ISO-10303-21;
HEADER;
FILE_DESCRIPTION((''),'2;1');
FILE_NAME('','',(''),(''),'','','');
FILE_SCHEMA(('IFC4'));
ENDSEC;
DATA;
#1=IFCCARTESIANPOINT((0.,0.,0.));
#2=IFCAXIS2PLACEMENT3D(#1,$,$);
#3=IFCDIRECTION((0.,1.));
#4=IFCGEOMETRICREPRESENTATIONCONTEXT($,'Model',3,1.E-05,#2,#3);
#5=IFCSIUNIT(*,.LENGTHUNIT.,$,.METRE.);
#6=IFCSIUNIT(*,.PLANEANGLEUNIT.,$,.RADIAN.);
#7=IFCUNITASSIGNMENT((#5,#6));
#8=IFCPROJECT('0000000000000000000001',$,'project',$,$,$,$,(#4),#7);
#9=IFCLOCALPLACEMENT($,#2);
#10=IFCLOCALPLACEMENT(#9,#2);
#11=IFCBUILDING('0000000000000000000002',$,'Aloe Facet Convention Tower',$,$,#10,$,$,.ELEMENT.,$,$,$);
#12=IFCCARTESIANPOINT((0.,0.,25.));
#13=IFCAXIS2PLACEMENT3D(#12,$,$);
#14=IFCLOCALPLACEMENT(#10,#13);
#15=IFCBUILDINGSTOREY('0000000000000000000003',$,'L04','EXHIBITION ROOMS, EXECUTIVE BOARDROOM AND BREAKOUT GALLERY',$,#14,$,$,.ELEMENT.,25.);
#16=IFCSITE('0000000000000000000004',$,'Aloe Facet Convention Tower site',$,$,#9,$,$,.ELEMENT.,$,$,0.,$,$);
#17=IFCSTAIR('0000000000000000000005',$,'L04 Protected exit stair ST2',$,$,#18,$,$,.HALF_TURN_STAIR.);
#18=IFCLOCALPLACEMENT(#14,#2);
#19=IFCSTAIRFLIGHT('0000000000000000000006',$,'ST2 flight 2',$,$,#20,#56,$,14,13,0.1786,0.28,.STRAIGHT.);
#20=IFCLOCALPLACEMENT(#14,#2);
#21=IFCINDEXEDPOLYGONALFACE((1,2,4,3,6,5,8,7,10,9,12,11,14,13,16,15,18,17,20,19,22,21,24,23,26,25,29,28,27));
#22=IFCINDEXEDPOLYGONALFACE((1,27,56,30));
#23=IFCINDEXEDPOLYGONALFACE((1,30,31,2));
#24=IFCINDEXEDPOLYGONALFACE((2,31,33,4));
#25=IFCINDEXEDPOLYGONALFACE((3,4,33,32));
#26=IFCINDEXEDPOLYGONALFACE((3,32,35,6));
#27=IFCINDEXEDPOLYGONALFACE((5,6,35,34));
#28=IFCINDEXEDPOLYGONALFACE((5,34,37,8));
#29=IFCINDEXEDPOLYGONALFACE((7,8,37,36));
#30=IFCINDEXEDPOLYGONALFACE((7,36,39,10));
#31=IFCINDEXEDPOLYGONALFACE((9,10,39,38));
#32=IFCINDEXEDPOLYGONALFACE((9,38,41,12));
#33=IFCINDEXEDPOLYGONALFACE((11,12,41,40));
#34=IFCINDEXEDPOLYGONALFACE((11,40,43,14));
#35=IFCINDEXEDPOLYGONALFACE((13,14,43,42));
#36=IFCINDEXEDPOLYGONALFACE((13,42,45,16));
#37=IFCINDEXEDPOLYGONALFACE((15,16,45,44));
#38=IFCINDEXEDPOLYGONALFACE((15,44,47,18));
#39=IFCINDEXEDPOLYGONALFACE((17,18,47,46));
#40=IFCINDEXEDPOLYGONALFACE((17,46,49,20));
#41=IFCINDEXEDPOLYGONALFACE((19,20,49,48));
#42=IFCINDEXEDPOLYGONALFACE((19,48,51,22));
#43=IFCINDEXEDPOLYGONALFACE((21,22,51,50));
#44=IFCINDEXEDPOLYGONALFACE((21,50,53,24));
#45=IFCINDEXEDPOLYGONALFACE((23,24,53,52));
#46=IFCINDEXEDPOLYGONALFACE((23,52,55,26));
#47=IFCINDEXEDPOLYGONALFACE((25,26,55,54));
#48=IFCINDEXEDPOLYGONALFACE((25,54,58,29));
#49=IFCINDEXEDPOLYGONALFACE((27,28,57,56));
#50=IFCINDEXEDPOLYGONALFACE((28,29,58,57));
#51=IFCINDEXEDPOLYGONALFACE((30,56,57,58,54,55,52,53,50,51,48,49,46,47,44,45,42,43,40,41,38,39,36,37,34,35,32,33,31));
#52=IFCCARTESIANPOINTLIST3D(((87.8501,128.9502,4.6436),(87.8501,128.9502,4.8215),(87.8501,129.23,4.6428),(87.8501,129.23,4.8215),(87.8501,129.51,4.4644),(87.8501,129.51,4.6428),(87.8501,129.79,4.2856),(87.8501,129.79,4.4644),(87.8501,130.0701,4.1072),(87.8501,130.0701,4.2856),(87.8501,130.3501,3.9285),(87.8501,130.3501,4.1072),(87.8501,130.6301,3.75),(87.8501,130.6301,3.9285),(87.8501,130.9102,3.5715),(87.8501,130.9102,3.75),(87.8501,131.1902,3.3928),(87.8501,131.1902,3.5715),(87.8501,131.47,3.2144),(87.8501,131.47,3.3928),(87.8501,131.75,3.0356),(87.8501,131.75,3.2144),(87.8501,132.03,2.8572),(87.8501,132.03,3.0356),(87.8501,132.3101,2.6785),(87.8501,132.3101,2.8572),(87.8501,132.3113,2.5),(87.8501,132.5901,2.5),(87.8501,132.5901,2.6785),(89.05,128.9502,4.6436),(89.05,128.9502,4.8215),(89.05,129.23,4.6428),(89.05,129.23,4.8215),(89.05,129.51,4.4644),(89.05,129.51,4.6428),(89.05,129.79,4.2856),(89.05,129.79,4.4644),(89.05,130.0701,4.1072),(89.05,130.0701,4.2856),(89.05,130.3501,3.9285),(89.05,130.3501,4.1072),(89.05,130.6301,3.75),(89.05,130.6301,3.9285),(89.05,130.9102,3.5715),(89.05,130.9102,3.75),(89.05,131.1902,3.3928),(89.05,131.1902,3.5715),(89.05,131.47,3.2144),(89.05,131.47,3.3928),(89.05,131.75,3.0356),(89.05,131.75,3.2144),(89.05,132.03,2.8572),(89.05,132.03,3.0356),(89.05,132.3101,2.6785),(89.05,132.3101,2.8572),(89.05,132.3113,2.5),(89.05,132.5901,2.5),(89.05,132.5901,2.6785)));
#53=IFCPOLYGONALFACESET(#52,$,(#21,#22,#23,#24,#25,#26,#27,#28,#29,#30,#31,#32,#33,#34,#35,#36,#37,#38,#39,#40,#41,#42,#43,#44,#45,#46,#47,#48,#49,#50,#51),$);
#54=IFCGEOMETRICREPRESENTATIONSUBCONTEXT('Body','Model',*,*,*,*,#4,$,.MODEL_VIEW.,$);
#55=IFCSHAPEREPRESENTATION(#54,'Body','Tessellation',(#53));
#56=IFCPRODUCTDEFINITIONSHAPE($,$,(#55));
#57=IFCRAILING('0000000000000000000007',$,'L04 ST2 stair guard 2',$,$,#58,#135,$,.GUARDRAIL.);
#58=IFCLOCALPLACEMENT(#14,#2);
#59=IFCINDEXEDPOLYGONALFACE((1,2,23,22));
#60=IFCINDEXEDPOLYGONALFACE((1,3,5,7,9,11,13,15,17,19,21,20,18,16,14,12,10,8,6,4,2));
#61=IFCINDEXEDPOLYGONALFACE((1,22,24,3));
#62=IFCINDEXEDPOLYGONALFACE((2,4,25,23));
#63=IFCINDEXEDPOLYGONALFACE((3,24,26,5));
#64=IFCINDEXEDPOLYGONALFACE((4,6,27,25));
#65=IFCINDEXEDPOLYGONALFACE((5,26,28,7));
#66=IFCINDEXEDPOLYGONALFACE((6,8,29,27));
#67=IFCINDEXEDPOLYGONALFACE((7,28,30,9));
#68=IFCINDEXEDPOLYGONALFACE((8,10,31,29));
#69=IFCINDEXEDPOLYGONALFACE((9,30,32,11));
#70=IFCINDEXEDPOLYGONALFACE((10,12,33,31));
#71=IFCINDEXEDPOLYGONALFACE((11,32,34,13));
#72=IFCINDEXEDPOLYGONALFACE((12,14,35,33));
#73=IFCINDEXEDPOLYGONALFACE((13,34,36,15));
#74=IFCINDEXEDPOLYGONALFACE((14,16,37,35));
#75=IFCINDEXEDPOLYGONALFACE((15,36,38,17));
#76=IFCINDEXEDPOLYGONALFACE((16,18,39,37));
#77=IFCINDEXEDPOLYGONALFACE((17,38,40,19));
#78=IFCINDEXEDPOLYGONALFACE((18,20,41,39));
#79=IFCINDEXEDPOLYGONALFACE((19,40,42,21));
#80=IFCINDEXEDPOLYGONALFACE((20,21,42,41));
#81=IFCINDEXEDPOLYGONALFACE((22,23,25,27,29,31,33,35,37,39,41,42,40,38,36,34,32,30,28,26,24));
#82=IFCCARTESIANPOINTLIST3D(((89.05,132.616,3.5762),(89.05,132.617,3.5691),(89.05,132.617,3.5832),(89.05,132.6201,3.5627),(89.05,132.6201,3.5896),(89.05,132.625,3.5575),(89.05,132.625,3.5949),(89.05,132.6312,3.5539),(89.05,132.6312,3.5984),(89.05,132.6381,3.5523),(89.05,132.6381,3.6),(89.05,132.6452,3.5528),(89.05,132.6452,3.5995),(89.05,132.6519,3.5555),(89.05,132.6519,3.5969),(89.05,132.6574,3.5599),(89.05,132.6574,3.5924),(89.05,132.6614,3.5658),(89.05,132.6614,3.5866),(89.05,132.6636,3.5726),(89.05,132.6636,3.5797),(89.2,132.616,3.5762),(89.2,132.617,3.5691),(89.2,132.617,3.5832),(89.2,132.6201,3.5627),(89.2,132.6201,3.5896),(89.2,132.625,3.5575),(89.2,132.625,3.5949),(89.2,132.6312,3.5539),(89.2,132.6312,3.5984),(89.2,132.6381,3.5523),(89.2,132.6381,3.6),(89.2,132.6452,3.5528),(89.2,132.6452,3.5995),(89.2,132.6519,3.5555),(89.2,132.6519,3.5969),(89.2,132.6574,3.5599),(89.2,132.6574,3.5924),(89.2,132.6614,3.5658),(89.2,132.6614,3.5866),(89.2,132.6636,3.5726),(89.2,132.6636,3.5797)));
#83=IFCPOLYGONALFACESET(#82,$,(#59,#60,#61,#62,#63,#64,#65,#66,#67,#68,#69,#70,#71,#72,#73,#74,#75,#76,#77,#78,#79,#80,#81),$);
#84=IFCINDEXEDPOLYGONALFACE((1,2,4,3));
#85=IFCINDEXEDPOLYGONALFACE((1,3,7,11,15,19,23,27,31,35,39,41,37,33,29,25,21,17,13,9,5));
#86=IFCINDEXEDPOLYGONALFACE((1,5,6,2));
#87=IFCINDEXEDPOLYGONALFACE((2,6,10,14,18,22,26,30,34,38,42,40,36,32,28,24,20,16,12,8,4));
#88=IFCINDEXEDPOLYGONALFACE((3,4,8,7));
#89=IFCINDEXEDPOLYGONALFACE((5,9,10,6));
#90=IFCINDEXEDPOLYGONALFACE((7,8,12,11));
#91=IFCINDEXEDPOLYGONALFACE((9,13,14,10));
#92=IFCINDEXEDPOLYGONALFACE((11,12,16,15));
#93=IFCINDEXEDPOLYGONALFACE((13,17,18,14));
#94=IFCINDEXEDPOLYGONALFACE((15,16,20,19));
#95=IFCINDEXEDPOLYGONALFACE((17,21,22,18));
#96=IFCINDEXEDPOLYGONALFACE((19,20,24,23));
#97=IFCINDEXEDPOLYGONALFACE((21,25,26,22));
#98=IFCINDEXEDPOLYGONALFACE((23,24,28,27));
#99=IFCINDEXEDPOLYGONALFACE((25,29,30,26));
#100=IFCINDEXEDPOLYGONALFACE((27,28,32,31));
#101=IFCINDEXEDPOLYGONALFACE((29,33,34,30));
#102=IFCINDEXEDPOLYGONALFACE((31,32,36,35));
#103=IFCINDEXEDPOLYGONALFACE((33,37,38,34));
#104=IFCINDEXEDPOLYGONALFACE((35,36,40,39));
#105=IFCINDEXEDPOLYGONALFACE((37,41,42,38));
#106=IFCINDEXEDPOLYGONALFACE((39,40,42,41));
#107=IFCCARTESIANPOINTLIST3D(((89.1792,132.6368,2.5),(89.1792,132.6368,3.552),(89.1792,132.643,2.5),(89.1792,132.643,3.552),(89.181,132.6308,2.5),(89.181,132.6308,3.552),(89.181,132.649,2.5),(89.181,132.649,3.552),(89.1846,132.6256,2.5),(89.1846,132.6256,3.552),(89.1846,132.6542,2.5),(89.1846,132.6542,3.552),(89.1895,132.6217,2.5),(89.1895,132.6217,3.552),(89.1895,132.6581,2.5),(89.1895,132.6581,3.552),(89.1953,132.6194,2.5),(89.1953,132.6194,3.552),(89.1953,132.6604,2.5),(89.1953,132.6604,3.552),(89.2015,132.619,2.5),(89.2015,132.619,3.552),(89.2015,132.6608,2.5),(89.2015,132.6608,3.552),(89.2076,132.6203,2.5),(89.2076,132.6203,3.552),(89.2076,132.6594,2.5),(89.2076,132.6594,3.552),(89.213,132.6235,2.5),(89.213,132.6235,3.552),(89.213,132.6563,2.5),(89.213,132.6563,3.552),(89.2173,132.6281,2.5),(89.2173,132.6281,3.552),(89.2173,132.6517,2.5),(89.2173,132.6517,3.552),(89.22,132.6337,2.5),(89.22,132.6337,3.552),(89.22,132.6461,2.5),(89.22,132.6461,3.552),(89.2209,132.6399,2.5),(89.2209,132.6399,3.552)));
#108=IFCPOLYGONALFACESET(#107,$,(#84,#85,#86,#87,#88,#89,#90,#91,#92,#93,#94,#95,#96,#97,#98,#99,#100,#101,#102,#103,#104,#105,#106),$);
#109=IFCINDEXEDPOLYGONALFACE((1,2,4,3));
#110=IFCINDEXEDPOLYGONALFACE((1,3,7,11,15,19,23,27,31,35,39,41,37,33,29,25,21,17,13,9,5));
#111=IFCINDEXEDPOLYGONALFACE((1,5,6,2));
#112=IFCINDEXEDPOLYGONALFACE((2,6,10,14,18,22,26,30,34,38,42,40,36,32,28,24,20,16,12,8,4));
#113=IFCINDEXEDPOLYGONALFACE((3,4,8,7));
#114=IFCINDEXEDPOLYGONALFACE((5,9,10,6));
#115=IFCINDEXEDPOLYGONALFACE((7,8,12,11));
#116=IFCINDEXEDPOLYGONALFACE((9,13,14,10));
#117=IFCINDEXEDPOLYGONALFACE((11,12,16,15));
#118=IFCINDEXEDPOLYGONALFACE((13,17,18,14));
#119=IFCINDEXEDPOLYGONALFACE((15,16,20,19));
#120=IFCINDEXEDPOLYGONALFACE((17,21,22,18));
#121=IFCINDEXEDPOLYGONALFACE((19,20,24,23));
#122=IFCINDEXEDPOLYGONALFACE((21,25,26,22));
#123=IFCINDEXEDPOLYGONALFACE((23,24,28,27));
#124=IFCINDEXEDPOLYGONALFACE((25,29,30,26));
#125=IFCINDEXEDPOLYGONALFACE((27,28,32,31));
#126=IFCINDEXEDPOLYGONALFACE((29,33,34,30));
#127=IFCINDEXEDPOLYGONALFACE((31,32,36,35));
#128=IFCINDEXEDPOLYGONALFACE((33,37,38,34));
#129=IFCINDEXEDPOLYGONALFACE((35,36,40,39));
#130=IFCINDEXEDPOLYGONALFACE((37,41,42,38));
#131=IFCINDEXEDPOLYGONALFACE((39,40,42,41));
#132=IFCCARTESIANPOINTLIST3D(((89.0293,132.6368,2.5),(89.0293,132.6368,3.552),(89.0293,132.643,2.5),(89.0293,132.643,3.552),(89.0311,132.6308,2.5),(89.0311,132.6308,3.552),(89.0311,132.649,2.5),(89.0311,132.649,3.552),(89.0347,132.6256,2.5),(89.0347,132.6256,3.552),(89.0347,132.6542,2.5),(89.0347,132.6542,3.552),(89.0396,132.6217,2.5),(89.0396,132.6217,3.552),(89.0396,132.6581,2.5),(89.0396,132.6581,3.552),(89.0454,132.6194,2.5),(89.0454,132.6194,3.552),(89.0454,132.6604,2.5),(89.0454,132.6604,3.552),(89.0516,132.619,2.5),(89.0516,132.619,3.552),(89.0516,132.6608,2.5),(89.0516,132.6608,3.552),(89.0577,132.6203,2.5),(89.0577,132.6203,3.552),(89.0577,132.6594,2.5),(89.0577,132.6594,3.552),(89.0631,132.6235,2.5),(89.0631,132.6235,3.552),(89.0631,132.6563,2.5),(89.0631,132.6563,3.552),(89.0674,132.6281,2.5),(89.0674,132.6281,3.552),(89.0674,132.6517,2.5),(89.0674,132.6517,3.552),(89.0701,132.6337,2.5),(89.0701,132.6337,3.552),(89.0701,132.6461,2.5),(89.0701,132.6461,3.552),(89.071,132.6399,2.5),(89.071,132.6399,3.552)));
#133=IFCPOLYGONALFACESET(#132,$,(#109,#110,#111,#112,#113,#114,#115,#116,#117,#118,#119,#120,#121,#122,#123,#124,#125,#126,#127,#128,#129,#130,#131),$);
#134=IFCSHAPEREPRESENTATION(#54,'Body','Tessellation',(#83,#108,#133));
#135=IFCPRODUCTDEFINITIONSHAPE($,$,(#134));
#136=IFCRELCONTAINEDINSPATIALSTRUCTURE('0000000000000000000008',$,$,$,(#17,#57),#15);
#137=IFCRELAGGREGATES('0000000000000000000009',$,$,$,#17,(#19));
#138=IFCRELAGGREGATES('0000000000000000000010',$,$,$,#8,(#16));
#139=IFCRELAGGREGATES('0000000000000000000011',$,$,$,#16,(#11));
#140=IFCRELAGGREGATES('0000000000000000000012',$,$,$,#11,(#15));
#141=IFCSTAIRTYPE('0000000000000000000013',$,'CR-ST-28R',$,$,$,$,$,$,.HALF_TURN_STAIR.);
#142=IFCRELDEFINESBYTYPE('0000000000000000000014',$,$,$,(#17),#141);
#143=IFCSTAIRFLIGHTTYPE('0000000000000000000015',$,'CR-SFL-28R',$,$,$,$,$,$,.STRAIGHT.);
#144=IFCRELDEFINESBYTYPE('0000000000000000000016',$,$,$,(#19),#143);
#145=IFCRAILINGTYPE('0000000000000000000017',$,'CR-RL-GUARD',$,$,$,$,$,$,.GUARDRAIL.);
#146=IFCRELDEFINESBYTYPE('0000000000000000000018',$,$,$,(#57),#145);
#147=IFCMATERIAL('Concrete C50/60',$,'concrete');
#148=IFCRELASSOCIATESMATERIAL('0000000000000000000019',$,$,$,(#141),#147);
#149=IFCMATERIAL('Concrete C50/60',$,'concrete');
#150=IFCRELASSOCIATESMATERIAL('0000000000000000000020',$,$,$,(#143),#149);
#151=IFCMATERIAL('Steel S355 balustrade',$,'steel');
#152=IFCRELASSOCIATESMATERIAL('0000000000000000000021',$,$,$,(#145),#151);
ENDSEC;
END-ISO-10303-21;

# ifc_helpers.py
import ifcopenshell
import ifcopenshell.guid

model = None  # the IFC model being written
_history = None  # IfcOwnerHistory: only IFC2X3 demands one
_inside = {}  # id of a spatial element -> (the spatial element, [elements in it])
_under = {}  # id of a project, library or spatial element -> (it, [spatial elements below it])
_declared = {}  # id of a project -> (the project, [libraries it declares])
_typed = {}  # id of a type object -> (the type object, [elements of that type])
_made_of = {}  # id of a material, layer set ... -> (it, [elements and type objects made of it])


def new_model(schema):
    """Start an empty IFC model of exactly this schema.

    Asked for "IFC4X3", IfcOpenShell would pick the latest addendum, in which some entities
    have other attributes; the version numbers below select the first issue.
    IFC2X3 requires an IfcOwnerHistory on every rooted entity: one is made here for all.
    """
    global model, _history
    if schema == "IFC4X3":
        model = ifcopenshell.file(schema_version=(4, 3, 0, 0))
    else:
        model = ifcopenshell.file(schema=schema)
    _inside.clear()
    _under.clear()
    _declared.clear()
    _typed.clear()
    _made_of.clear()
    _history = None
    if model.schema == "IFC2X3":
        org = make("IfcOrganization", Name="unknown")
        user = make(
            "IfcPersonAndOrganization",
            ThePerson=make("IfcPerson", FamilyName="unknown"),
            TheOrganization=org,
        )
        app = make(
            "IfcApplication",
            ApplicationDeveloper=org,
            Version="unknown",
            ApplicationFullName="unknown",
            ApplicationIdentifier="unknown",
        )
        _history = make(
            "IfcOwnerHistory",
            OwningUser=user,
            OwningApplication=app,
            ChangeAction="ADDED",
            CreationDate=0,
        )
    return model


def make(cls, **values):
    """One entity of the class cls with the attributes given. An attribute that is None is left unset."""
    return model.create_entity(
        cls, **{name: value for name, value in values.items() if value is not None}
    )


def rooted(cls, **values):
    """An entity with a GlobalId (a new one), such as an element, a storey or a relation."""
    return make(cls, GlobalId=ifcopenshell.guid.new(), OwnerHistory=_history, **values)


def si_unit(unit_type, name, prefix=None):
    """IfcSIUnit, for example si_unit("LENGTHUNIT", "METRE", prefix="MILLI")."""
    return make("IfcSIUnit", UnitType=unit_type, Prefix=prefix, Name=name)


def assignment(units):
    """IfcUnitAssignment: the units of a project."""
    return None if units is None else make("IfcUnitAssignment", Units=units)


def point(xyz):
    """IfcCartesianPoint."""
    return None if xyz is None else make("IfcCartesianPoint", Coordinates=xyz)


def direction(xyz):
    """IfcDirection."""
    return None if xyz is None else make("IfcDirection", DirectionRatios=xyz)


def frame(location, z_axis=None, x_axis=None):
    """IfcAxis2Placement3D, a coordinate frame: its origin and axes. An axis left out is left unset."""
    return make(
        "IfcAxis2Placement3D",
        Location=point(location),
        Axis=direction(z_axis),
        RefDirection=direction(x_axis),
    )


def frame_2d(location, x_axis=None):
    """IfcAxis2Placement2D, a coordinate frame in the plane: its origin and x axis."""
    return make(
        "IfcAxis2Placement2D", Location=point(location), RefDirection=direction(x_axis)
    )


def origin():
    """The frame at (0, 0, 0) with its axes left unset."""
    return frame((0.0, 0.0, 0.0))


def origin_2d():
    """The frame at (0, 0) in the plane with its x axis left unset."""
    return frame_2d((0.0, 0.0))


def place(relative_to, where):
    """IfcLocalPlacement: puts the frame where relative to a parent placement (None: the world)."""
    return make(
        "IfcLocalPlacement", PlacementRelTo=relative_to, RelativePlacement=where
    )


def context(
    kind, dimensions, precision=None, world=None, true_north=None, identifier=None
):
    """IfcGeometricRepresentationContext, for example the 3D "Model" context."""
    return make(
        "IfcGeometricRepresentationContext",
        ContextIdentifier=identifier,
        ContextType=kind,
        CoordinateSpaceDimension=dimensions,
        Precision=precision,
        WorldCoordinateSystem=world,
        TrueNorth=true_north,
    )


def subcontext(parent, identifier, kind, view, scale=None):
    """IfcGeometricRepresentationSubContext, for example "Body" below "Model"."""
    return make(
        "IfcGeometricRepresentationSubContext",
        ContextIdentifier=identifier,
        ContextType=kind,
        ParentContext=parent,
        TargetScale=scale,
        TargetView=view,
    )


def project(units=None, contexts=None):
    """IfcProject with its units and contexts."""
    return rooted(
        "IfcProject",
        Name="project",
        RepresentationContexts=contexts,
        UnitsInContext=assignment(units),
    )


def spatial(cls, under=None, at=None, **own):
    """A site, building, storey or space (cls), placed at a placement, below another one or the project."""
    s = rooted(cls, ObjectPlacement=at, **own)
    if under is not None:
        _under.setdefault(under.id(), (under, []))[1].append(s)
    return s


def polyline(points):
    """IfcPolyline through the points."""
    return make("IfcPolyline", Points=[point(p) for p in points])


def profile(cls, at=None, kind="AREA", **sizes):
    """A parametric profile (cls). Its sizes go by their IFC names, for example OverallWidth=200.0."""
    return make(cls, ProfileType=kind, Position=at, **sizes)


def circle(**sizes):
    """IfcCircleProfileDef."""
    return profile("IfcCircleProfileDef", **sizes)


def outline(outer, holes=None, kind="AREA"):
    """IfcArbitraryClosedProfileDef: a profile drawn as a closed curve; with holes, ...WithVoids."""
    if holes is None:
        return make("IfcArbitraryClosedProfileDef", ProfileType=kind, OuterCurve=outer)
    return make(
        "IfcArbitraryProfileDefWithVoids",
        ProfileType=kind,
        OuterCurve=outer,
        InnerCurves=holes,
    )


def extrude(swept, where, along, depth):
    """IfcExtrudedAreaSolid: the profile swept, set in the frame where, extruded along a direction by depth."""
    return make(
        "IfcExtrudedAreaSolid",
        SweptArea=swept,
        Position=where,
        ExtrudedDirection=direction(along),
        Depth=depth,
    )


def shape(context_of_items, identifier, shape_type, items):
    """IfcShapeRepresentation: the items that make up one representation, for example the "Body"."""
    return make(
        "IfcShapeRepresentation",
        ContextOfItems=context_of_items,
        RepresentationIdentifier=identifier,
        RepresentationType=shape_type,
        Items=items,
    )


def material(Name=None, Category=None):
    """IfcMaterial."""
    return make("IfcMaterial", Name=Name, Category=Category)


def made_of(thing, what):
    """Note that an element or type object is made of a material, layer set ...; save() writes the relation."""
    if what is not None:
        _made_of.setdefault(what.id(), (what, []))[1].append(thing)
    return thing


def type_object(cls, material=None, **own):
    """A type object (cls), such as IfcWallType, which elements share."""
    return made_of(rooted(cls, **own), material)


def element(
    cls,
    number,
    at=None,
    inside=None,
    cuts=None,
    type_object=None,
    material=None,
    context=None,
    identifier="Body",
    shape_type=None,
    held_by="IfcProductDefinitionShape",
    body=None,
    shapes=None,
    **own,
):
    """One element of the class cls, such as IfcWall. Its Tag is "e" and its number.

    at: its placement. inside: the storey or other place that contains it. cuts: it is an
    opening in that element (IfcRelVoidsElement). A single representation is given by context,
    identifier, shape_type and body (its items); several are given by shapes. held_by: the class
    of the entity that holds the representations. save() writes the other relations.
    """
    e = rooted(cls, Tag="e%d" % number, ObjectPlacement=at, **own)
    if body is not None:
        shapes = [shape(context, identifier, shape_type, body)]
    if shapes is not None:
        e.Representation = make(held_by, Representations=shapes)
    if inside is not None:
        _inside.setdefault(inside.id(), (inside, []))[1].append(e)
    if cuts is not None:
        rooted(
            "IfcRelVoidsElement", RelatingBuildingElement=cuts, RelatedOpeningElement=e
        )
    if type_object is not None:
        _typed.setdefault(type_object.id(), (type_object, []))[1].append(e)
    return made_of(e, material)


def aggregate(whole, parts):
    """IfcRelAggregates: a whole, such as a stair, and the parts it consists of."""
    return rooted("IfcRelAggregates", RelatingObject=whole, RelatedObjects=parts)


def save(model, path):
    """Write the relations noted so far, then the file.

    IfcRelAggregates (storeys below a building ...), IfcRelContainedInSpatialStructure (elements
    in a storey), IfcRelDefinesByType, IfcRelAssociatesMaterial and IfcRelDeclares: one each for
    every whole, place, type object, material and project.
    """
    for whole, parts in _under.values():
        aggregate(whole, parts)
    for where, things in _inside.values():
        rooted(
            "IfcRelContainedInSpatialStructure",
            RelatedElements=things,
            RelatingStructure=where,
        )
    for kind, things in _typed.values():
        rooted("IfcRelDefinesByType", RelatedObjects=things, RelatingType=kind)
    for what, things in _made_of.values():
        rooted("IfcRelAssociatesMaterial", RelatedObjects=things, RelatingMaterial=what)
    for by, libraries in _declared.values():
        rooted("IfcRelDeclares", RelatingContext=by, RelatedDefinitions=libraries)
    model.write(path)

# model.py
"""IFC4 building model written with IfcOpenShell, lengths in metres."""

from ifc_helpers import new_model, si_unit, direction, frame, origin, origin_2d, place, context, subcontext, project, spatial, polyline, circle, outline, extrude, material, type_object, element, aggregate, save


model = new_model("IFC4")

# Units and contexts
model_context = context("Model", 3, precision=1e-05, world=origin(), true_north=direction((0.0, 1.0)))
body_context = subcontext(model_context, "Body", "Model", "MODEL_VIEW")
ifc_project = project(units=[si_unit("LENGTHUNIT", "METRE"), si_unit("PLANEANGLEUNIT", "RADIAN")], contexts=[model_context])

# Site, building, storey
site_placement = place(None, origin())
site = spatial("IfcSite", under=ifc_project, at=site_placement, Name="Aloe Facet Convention Tower site", CompositionType="ELEMENT", RefElevation=0.0)
building_placement = place(site_placement, origin())
building = spatial("IfcBuilding", under=site, at=building_placement, Name="Aloe Facet Convention Tower", CompositionType="ELEMENT")
storey_placement = place(building_placement, frame((0.0, 0.0, 25.0)))
storey = spatial("IfcBuildingStorey", under=building, at=storey_placement, Name="L04", Description="EXHIBITION ROOMS, EXECUTIVE BOARDROOM AND BREAKOUT GALLERY", CompositionType="ELEMENT", Elevation=25.0)

# Stair, stair flight
ifc_material_1 = material(Name="Concrete C50/60", Category="concrete")
stair_type = type_object("IfcStairType", Name="CR-ST-28R", PredefinedType="HALF_TURN_STAIR", material=ifc_material_1)
stair_placement = place(storey_placement, origin())
stair = element("IfcStair", 1, at=stair_placement, inside=storey, type_object=stair_type, Name="L04 Protected exit stair ST2", PredefinedType="HALF_TURN_STAIR")
ifc_material_2 = material(Name="Concrete C50/60", Category="concrete")
stair_flight_type = type_object("IfcStairFlightType", Name="CR-SFL-28R", PredefinedType="STRAIGHT", material=ifc_material_2)
stair_flight_placement = place(storey_placement, frame((88.45, 132.5901, 2.5), z_axis=(0.0, 0.0, 1.0), x_axis=(0.0, -1.0, 0.0)))
stair_flight = element("IfcStairFlight", 2, at=stair_flight_placement, type_object=stair_flight_type, Name="ST2 flight 2", NumberOfRisers=14, NumberOfTreads=13, PredefinedType="STRAIGHT", RiserHeight=0.1786, TreadLength=0.28, context=body_context, shape_type="SweptSolid", body=[
    extrude(outline(polyline([(0.0, 0.0), (0.0, 0.1785), (0.28, 0.1785), (0.28, 0.3572), (0.5601, 0.3572), (0.5601, 0.5356), (0.8401, 0.5356), (0.8401, 0.7144), (1.1201, 0.7144), (1.1201, 0.8928), (1.3999, 0.8928), (1.3999, 1.0715), (1.6799, 1.0715), (1.6799, 1.25), (1.96, 1.25), (1.96, 1.4285), (2.24, 1.4285), (2.24, 1.6072), (2.52, 1.6072), (2.52, 1.7856), (2.8, 1.7856), (2.8, 1.9644), (3.0801, 1.9644), (3.0801, 2.1428), (3.3601, 2.1428), (3.3601, 2.3215), (3.6399, 2.3215), (3.6399, 2.5), (3.6399, 2.1436), (0.2788, 0.0), (0.0, 0.0)])), frame((0.0, 0.6001, 0.0), z_axis=(0.0, -1.0, 0.0), x_axis=(1.0, 0.0, 0.0)), (0.0, 0.0, 1.0), 1.2),
])
aggregate(stair, [stair_flight])

# Railing
ifc_material_3 = material(Name="Steel S355 balustrade", Category="steel")
railing_type = type_object("IfcRailingType", Name="CR-RL-GUARD", PredefinedType="GUARDRAIL", material=ifc_material_3)
railing_1_placement = place(storey_placement, frame((89.2, 132.6399, 2.5)))
element("IfcRailing", 3, at=railing_1_placement, inside=storey, type_object=railing_type, Name="L04 ST2 stair guard 2", PredefinedType="GUARDRAIL", context=body_context, shape_type="SweptSolid", body=[
    extrude(circle(Radius=0.0239, at=origin_2d()), frame((0.0, 0.0, 1.0762), z_axis=(-1.0, 0.0, 0.0), x_axis=(0.0, -1.0, 0.0)), (0.0, 0.0, 1.0), 0.1499),
    extrude(circle(Radius=0.021, at=origin_2d()), origin(), (0.0, 0.0, 1.0), 1.052),
    extrude(circle(Radius=0.021, at=origin_2d()), frame((-0.1499, 0.0, 0.0)), (0.0, 0.0, 1.0), 1.052),
])

save(model, "model.ifc")
